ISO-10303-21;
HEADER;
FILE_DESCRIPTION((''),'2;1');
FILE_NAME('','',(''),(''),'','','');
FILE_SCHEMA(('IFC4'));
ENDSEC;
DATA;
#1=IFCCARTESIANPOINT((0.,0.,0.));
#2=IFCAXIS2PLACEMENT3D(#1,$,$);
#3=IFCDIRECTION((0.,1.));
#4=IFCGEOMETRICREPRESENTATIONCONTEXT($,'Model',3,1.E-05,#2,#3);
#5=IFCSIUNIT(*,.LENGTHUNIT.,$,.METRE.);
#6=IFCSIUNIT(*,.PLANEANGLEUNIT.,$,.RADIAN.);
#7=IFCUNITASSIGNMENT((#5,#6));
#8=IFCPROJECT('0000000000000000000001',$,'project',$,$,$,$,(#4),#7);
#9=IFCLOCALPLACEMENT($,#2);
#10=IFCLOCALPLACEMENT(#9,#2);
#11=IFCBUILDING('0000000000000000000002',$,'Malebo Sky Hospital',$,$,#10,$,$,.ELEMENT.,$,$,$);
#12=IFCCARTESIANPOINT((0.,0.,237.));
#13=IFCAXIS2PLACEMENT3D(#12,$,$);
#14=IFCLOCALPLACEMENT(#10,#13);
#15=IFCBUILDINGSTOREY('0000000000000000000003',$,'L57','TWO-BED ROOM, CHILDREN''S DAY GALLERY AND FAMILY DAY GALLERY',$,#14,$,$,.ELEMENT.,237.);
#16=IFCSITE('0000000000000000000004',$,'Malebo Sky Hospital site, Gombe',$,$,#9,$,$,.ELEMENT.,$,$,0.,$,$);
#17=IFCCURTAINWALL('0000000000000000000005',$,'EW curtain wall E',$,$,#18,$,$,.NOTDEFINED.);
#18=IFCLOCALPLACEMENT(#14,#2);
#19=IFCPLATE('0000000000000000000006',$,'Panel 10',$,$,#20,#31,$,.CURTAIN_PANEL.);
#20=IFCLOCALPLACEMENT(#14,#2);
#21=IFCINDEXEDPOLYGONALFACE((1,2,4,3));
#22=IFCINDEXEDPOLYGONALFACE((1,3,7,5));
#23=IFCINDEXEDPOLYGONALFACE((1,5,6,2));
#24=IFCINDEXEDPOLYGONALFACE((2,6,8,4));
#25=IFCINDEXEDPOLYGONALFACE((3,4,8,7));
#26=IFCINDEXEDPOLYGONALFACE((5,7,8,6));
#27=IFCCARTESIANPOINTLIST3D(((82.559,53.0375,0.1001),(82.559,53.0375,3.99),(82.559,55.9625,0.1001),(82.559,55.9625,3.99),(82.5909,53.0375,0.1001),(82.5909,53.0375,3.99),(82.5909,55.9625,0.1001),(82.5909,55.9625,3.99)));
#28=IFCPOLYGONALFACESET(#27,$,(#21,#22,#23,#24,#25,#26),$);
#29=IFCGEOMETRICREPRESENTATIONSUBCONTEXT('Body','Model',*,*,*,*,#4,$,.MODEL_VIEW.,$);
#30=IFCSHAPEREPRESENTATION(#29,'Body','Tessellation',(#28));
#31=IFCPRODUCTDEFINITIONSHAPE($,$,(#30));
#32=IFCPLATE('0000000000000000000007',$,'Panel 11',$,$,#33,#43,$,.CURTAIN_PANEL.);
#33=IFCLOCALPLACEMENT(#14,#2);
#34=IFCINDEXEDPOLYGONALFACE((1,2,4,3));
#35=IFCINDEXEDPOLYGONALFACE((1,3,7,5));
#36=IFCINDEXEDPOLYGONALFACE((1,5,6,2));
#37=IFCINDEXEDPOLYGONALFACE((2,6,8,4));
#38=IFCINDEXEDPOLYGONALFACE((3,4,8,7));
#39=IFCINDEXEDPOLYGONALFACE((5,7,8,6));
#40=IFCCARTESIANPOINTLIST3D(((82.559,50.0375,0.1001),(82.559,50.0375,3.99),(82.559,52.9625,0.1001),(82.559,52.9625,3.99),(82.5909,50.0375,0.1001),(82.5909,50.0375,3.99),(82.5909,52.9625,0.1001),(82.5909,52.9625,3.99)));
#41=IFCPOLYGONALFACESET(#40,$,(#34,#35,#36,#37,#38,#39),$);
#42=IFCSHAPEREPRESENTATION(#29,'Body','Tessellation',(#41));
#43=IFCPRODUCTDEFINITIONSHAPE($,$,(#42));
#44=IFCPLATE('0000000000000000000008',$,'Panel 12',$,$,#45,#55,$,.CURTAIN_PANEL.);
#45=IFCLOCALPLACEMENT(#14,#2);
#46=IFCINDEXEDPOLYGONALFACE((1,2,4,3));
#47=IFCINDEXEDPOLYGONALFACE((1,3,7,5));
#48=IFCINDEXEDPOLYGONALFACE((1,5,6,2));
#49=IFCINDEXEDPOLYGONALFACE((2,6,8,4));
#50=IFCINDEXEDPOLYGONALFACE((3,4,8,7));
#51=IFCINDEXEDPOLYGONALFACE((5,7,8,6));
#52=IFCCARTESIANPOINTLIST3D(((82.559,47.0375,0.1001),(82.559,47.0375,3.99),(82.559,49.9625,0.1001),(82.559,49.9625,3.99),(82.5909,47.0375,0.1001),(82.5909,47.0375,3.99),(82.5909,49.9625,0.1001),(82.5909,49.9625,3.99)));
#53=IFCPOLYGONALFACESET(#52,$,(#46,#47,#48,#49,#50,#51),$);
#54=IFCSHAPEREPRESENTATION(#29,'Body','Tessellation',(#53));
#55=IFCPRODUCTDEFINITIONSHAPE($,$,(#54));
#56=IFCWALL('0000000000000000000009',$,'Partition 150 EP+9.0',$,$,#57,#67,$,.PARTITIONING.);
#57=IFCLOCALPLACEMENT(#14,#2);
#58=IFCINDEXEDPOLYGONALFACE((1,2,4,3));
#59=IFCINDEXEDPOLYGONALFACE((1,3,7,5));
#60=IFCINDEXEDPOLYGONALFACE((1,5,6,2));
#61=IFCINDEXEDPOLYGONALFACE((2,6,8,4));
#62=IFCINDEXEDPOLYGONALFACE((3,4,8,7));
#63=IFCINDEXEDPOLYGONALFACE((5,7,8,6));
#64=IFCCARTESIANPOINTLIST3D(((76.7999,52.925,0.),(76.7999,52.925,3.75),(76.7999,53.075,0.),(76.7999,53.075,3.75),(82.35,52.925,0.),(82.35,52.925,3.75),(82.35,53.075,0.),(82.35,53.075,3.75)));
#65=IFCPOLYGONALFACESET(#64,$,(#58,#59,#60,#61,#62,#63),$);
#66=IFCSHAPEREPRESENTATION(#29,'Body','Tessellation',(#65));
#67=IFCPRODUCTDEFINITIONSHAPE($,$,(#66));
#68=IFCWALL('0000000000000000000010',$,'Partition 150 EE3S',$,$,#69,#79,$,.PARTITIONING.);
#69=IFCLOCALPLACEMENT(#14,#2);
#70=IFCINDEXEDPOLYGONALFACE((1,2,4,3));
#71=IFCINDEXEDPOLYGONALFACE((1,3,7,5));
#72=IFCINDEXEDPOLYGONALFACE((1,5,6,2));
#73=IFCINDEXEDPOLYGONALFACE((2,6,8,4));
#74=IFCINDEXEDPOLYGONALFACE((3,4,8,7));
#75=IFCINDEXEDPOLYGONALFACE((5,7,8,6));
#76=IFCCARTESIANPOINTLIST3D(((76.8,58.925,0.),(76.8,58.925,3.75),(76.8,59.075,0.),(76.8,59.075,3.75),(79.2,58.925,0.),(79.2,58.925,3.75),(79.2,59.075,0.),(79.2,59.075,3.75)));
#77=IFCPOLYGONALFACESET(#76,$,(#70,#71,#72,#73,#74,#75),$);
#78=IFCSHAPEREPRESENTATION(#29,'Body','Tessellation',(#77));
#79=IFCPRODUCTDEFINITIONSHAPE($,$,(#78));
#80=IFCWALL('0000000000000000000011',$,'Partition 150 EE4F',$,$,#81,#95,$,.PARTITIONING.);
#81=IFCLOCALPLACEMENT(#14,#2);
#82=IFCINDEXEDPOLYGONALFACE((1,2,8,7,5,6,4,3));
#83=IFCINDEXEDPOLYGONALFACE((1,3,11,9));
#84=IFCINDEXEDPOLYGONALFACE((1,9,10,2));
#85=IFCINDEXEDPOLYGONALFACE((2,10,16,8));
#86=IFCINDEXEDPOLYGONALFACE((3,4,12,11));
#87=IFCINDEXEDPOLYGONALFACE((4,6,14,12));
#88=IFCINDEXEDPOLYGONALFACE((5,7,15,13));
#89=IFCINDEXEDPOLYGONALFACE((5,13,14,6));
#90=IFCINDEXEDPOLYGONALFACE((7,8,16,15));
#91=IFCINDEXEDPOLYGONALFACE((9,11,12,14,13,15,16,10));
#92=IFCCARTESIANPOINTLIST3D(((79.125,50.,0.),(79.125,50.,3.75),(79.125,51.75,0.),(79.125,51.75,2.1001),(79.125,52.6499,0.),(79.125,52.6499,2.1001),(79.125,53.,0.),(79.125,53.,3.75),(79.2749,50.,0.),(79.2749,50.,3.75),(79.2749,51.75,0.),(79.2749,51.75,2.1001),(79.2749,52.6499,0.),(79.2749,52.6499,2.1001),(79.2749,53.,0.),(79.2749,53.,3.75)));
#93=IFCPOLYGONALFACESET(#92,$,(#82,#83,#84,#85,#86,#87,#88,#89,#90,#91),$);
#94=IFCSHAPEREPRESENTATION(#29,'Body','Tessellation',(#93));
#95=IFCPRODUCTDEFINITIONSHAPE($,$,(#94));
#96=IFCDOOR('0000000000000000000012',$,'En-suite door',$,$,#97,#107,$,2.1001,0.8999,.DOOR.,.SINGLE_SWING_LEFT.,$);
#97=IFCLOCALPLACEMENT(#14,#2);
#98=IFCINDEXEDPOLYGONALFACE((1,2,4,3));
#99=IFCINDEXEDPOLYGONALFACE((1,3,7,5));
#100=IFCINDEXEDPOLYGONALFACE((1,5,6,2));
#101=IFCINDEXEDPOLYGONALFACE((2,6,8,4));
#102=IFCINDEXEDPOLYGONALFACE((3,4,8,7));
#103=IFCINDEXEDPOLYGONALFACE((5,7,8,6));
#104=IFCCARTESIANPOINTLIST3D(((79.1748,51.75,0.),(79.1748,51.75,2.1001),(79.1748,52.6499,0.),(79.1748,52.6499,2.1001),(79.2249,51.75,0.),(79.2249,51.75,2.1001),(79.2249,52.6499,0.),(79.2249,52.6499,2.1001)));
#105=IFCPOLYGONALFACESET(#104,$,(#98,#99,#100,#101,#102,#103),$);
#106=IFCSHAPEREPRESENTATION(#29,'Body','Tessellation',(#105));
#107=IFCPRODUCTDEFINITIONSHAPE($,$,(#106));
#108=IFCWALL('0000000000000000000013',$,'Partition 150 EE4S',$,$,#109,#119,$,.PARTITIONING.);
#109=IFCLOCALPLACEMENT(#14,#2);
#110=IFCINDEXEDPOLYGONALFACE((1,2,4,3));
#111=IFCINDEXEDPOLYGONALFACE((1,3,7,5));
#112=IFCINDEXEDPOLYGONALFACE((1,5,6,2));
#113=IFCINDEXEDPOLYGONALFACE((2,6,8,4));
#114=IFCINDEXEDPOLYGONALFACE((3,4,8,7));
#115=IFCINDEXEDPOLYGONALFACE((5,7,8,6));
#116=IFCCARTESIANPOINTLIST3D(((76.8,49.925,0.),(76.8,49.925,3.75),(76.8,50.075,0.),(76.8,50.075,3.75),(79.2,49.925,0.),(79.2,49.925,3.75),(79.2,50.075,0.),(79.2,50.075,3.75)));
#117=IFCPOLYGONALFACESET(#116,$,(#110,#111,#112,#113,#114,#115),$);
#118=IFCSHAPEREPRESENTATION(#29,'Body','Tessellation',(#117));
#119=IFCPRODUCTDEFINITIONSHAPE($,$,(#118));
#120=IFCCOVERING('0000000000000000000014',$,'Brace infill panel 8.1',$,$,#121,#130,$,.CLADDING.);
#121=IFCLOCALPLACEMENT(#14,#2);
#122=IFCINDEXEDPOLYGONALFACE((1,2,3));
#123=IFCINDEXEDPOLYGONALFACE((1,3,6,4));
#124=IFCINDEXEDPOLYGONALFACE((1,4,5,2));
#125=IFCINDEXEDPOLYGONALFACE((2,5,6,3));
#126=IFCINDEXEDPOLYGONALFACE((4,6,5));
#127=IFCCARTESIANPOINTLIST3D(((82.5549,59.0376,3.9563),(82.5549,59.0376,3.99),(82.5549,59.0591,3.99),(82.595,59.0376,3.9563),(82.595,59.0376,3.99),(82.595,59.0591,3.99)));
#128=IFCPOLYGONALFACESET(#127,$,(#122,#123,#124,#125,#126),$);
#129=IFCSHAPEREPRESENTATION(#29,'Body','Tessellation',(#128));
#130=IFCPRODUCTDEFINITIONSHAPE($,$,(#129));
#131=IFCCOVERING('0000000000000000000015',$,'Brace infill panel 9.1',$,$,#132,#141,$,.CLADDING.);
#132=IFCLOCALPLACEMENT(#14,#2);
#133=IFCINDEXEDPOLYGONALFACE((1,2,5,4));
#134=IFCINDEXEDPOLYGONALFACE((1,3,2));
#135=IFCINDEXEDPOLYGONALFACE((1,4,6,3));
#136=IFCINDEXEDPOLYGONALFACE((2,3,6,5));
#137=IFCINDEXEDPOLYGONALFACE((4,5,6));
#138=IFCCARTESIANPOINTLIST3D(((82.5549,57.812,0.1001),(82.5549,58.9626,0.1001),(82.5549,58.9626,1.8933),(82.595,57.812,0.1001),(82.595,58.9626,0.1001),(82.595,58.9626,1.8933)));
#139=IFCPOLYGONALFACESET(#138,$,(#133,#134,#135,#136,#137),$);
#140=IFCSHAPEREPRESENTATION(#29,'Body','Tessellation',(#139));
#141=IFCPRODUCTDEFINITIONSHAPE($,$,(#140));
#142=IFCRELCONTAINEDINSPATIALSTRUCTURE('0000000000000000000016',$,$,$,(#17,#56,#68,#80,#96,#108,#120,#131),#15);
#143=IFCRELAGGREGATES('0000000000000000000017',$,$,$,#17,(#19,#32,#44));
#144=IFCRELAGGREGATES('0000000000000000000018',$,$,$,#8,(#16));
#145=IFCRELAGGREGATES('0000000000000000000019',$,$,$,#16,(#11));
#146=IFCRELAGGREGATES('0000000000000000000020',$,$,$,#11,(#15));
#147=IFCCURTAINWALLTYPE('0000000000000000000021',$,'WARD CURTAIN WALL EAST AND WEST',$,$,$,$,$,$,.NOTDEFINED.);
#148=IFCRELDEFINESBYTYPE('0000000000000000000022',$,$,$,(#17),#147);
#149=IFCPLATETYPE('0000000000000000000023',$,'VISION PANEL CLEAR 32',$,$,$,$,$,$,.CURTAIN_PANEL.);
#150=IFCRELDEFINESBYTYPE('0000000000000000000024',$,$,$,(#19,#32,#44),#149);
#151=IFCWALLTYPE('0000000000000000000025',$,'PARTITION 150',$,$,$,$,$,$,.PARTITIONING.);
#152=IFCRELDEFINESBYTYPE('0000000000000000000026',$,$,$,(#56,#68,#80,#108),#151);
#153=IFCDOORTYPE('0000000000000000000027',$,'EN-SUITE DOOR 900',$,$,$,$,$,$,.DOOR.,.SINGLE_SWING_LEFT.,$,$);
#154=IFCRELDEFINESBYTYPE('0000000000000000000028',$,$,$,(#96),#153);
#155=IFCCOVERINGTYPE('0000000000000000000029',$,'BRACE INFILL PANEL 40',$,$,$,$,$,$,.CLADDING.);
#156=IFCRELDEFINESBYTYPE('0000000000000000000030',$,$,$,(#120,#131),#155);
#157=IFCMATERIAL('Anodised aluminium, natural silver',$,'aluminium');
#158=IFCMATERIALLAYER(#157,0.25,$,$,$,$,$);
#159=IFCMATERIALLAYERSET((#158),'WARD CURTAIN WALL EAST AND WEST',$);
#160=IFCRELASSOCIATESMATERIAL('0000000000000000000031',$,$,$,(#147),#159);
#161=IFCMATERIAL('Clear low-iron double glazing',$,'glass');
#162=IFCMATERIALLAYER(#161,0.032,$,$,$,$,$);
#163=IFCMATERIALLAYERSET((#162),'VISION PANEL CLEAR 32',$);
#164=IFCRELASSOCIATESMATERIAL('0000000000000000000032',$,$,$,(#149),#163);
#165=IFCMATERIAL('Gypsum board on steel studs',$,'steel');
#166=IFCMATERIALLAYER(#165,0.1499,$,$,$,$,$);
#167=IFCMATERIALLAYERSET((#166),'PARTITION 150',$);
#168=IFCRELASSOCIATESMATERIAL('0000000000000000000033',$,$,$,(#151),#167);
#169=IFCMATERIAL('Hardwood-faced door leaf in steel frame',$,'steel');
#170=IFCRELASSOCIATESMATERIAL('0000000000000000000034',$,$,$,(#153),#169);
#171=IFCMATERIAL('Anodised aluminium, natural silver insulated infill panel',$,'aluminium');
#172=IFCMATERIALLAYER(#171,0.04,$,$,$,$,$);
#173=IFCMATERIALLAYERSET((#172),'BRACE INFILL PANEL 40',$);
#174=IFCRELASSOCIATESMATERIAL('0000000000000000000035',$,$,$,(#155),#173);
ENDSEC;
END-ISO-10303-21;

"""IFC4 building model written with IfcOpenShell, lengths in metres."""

from ifc_helpers import new_model, si_unit, direction, frame, frame_2d, origin, origin_2d, place, context, subcontext, project, spatial, polyline, rectangle, outline, extrude, material, layer, layer_set, type_object, element, fill, aggregate, save


model = new_model("IFC4")

# Units and contexts
model_context = context("Model", 3, precision=1e-05, world=origin(), true_north=direction((0.0, 1.0)))
body_context = subcontext(model_context, "Body", "Model", "MODEL_VIEW")
ifc_project = project(units=[si_unit("LENGTHUNIT", "METRE"), si_unit("PLANEANGLEUNIT", "RADIAN")], contexts=[model_context])

# Site, building, storey
site_placement = place(None, origin())
site = spatial("IfcSite", under=ifc_project, at=site_placement, Name="Malebo Sky Hospital site, Gombe", CompositionType="ELEMENT", RefElevation=0.0)
building_placement = place(site_placement, origin())
building = spatial("IfcBuilding", under=site, at=building_placement, Name="Malebo Sky Hospital", CompositionType="ELEMENT")
storey_placement = place(building_placement, frame((0.0, 0.0, 237.0)))
storey = spatial("IfcBuildingStorey", under=building, at=storey_placement, Name="L57", Description="TWO-BED ROOM, CHILDREN'S DAY GALLERY AND FAMILY DAY GALLERY", CompositionType="ELEMENT", Elevation=237.0)

# Curtain wall
ifc_material_1 = material(Name="Anodised aluminium, natural silver", Category="aluminium")
ifc_layer_1 = layer(ifc_material_1, 0.25)
ifc_layer_set_1 = layer_set([ifc_layer_1], Name="WARD CURTAIN WALL EAST AND WEST")
curtain_wall_type = type_object("IfcCurtainWallType", Name="WARD CURTAIN WALL EAST AND WEST", PredefinedType="NOTDEFINED", material=ifc_layer_set_1)
curtain_wall_placement = place(storey_placement, origin())
curtain_wall = element("IfcCurtainWall", 1, at=curtain_wall_placement, inside=storey, type_object=curtain_wall_type, Name="EW curtain wall E", PredefinedType="NOTDEFINED")

# Plates
ifc_material_2 = material(Name="Clear low-iron double glazing", Category="glass")
ifc_layer_2 = layer(ifc_material_2, 0.032)
ifc_layer_set_2 = layer_set([ifc_layer_2], Name="VISION PANEL CLEAR 32")
plate_type = type_object("IfcPlateType", Name="VISION PANEL CLEAR 32", PredefinedType="CURTAIN_PANEL", material=ifc_layer_set_2)
plate_1_placement = place(storey_placement, frame((82.575, 54.5, 0.1001), z_axis=(0.0, 0.0, 1.0), x_axis=(0.0, -1.0, 0.0)))
plate_1 = element("IfcPlate", 2, at=plate_1_placement, type_object=plate_type, Name="Panel 10", PredefinedType="CURTAIN_PANEL", context=body_context, shape_type="SweptSolid", body=[
    extrude(rectangle(XDim=2.925, YDim=0.032, at=origin_2d()), origin(), (0.0, 0.0, 1.0), 3.8899),
])
plate_2_placement = place(storey_placement, frame((82.575, 51.5, 0.1001), z_axis=(0.0, 0.0, 1.0), x_axis=(0.0, -1.0, 0.0)))
plate_2 = element("IfcPlate", 3, at=plate_2_placement, type_object=plate_type, Name="Panel 11", PredefinedType="CURTAIN_PANEL", context=body_context, shape_type="SweptSolid", body=[
    extrude(rectangle(XDim=2.925, YDim=0.032, at=origin_2d()), origin(), (0.0, 0.0, 1.0), 3.8899),
])
plate_3_placement = place(storey_placement, frame((82.575, 48.5, 0.1001), z_axis=(0.0, 0.0, 1.0), x_axis=(0.0, -1.0, 0.0)))
plate_3 = element("IfcPlate", 4, at=plate_3_placement, type_object=plate_type, Name="Panel 12", PredefinedType="CURTAIN_PANEL", context=body_context, shape_type="SweptSolid", body=[
    extrude(rectangle(XDim=2.925, YDim=0.032, at=origin_2d()), origin(), (0.0, 0.0, 1.0), 3.8899),
])
aggregate(curtain_wall, [plate_1, plate_2, plate_3])

# Walls
ifc_material_3 = material(Name="Gypsum board on steel studs", Category="steel")
ifc_layer_3 = layer(ifc_material_3, 0.1499)
ifc_layer_set_3 = layer_set([ifc_layer_3], Name="PARTITION 150")
wall_type = type_object("IfcWallType", Name="PARTITION 150", PredefinedType="PARTITIONING", material=ifc_layer_set_3)
wall_1_placement = place(storey_placement, frame((76.8, 53.0, 0.0), z_axis=(0.0, 0.0, 1.0), x_axis=(1.0, 0.0, 0.0)))
element("IfcWall", 5, at=wall_1_placement, inside=storey, type_object=wall_type, Name="Partition 150 EP+9.0", PredefinedType="PARTITIONING", context=body_context, shape_type="SweptSolid", body=[
    extrude(rectangle(XDim=5.55, YDim=0.1499, at=frame_2d((2.7749, 0.0))), origin(), (0.0, 0.0, 1.0), 3.75),
])
wall_2_placement = place(storey_placement, frame((76.8, 59.0, 0.0), z_axis=(0.0, 0.0, 1.0), x_axis=(1.0, 0.0, 0.0)))
element("IfcWall", 6, at=wall_2_placement, inside=storey, type_object=wall_type, Name="Partition 150 EE3S", PredefinedType="PARTITIONING", context=body_context, shape_type="SweptSolid", body=[
    extrude(rectangle(XDim=2.3999, YDim=0.1499, at=frame_2d((1.2, 0.0))), origin(), (0.0, 0.0, 1.0), 3.75),
])

# Wall, opening, door
wall_3_placement = place(storey_placement, frame((79.2, 53.0, 0.0), z_axis=(0.0, 0.0, 1.0), x_axis=(0.0, -1.0, 0.0)))
wall_3 = element("IfcWall", 7, at=wall_3_placement, inside=storey, type_object=wall_type, Name="Partition 150 EE4F", PredefinedType="PARTITIONING", context=body_context, shape_type="SweptSolid", body=[
    extrude(rectangle(XDim=3.0, YDim=0.1499, at=frame_2d((1.5, 0.0))), origin(), (0.0, 0.0, 1.0), 3.75),
])
opening_placement = place(wall_3_placement, frame((0.3501, 0.0, 0.0)))
opening = element("IfcOpeningElement", 8, at=opening_placement, cuts=wall_3, PredefinedType="OPENING", context=body_context, shape_type="SweptSolid", body=[
    extrude(rectangle(XDim=0.8999, YDim=2.1001, at=frame_2d((0.45, 1.05))), frame((0.0, 0.085, 0.0), z_axis=(0.0, -1.0, 0.0), x_axis=(1.0, 0.0, 0.0)), (0.0, 0.0, 1.0), 0.1699),
])
ifc_material_4 = material(Name="Hardwood-faced door leaf in steel frame", Category="steel")
door_type = type_object("IfcDoorType", Name="EN-SUITE DOOR 900", OperationType="SINGLE_SWING_LEFT", PredefinedType="DOOR", material=ifc_material_4)
door_placement = place(opening_placement, origin())
door = element("IfcDoor", 9, at=door_placement, inside=storey, type_object=door_type, Name="En-suite door", OperationType="SINGLE_SWING_LEFT", OverallHeight=2.1001, OverallWidth=0.8999, PredefinedType="DOOR", context=body_context, shape_type="SweptSolid", body=[
    extrude(rectangle(XDim=0.8999, YDim=2.1001, at=frame_2d((0.45, 1.05))), frame((0.0, 0.0249, 0.0), z_axis=(0.0, -1.0, 0.0), x_axis=(1.0, 0.0, 0.0)), (0.0, 0.0, 1.0), 0.05),
])
fill(opening, door)

# Wall
wall_4_placement = place(storey_placement, frame((76.8, 50.0, 0.0), z_axis=(0.0, 0.0, 1.0), x_axis=(1.0, 0.0, 0.0)))
element("IfcWall", 10, at=wall_4_placement, inside=storey, type_object=wall_type, Name="Partition 150 EE4S", PredefinedType="PARTITIONING", context=body_context, shape_type="SweptSolid", body=[
    extrude(rectangle(XDim=2.3999, YDim=0.1499, at=frame_2d((1.2, 0.0))), origin(), (0.0, 0.0, 1.0), 3.75),
])

# Coverings
ifc_material_5 = material(Name="Anodised aluminium, natural silver insulated infill panel", Category="aluminium")
ifc_layer_4 = layer(ifc_material_5, 0.04)
ifc_layer_set_4 = layer_set([ifc_layer_4], Name="BRACE INFILL PANEL 40")
covering_type = type_object("IfcCoveringType", Name="BRACE INFILL PANEL 40", PredefinedType="CLADDING", material=ifc_layer_set_4)
covering_1_placement = place(storey_placement, frame((82.575, 59.0483, 3.9563), z_axis=(0.0, 0.0, 1.0), x_axis=(0.0, -1.0, 0.0)))
element("IfcCovering", 11, at=covering_1_placement, inside=storey, type_object=covering_type, Name="Brace infill panel 8.1", PredefinedType="CLADDING", context=body_context, shape_type="SweptSolid", body=[
    extrude(outline(polyline([(0.0107, 0.0), (0.0107, 0.0337), (-0.0107, 0.0337), (0.0107, 0.0)])), frame((0.0, 0.02, 0.0), z_axis=(0.0, -1.0, 0.0), x_axis=(1.0, 0.0, 0.0)), (0.0, 0.0, 1.0), 0.04),
])
covering_2_placement = place(storey_placement, frame((82.575, 58.3872, 0.1001), z_axis=(0.0, 0.0, 1.0), x_axis=(0.0, -1.0, 0.0)))
element("IfcCovering", 12, at=covering_2_placement, inside=storey, type_object=covering_type, Name="Brace infill panel 9.1", PredefinedType="CLADDING", context=body_context, shape_type="SweptSolid", body=[
    extrude(outline(polyline([(-0.5754, 0.0), (0.5752, 0.0), (-0.5754, 1.7932), (-0.5754, 0.0)])), frame((0.0, 0.02, 0.0), z_axis=(0.0, -1.0, 0.0), x_axis=(1.0, 0.0, 0.0)), (0.0, 0.0, 1.0), 0.04),
])

save(model, "model.ifc")
